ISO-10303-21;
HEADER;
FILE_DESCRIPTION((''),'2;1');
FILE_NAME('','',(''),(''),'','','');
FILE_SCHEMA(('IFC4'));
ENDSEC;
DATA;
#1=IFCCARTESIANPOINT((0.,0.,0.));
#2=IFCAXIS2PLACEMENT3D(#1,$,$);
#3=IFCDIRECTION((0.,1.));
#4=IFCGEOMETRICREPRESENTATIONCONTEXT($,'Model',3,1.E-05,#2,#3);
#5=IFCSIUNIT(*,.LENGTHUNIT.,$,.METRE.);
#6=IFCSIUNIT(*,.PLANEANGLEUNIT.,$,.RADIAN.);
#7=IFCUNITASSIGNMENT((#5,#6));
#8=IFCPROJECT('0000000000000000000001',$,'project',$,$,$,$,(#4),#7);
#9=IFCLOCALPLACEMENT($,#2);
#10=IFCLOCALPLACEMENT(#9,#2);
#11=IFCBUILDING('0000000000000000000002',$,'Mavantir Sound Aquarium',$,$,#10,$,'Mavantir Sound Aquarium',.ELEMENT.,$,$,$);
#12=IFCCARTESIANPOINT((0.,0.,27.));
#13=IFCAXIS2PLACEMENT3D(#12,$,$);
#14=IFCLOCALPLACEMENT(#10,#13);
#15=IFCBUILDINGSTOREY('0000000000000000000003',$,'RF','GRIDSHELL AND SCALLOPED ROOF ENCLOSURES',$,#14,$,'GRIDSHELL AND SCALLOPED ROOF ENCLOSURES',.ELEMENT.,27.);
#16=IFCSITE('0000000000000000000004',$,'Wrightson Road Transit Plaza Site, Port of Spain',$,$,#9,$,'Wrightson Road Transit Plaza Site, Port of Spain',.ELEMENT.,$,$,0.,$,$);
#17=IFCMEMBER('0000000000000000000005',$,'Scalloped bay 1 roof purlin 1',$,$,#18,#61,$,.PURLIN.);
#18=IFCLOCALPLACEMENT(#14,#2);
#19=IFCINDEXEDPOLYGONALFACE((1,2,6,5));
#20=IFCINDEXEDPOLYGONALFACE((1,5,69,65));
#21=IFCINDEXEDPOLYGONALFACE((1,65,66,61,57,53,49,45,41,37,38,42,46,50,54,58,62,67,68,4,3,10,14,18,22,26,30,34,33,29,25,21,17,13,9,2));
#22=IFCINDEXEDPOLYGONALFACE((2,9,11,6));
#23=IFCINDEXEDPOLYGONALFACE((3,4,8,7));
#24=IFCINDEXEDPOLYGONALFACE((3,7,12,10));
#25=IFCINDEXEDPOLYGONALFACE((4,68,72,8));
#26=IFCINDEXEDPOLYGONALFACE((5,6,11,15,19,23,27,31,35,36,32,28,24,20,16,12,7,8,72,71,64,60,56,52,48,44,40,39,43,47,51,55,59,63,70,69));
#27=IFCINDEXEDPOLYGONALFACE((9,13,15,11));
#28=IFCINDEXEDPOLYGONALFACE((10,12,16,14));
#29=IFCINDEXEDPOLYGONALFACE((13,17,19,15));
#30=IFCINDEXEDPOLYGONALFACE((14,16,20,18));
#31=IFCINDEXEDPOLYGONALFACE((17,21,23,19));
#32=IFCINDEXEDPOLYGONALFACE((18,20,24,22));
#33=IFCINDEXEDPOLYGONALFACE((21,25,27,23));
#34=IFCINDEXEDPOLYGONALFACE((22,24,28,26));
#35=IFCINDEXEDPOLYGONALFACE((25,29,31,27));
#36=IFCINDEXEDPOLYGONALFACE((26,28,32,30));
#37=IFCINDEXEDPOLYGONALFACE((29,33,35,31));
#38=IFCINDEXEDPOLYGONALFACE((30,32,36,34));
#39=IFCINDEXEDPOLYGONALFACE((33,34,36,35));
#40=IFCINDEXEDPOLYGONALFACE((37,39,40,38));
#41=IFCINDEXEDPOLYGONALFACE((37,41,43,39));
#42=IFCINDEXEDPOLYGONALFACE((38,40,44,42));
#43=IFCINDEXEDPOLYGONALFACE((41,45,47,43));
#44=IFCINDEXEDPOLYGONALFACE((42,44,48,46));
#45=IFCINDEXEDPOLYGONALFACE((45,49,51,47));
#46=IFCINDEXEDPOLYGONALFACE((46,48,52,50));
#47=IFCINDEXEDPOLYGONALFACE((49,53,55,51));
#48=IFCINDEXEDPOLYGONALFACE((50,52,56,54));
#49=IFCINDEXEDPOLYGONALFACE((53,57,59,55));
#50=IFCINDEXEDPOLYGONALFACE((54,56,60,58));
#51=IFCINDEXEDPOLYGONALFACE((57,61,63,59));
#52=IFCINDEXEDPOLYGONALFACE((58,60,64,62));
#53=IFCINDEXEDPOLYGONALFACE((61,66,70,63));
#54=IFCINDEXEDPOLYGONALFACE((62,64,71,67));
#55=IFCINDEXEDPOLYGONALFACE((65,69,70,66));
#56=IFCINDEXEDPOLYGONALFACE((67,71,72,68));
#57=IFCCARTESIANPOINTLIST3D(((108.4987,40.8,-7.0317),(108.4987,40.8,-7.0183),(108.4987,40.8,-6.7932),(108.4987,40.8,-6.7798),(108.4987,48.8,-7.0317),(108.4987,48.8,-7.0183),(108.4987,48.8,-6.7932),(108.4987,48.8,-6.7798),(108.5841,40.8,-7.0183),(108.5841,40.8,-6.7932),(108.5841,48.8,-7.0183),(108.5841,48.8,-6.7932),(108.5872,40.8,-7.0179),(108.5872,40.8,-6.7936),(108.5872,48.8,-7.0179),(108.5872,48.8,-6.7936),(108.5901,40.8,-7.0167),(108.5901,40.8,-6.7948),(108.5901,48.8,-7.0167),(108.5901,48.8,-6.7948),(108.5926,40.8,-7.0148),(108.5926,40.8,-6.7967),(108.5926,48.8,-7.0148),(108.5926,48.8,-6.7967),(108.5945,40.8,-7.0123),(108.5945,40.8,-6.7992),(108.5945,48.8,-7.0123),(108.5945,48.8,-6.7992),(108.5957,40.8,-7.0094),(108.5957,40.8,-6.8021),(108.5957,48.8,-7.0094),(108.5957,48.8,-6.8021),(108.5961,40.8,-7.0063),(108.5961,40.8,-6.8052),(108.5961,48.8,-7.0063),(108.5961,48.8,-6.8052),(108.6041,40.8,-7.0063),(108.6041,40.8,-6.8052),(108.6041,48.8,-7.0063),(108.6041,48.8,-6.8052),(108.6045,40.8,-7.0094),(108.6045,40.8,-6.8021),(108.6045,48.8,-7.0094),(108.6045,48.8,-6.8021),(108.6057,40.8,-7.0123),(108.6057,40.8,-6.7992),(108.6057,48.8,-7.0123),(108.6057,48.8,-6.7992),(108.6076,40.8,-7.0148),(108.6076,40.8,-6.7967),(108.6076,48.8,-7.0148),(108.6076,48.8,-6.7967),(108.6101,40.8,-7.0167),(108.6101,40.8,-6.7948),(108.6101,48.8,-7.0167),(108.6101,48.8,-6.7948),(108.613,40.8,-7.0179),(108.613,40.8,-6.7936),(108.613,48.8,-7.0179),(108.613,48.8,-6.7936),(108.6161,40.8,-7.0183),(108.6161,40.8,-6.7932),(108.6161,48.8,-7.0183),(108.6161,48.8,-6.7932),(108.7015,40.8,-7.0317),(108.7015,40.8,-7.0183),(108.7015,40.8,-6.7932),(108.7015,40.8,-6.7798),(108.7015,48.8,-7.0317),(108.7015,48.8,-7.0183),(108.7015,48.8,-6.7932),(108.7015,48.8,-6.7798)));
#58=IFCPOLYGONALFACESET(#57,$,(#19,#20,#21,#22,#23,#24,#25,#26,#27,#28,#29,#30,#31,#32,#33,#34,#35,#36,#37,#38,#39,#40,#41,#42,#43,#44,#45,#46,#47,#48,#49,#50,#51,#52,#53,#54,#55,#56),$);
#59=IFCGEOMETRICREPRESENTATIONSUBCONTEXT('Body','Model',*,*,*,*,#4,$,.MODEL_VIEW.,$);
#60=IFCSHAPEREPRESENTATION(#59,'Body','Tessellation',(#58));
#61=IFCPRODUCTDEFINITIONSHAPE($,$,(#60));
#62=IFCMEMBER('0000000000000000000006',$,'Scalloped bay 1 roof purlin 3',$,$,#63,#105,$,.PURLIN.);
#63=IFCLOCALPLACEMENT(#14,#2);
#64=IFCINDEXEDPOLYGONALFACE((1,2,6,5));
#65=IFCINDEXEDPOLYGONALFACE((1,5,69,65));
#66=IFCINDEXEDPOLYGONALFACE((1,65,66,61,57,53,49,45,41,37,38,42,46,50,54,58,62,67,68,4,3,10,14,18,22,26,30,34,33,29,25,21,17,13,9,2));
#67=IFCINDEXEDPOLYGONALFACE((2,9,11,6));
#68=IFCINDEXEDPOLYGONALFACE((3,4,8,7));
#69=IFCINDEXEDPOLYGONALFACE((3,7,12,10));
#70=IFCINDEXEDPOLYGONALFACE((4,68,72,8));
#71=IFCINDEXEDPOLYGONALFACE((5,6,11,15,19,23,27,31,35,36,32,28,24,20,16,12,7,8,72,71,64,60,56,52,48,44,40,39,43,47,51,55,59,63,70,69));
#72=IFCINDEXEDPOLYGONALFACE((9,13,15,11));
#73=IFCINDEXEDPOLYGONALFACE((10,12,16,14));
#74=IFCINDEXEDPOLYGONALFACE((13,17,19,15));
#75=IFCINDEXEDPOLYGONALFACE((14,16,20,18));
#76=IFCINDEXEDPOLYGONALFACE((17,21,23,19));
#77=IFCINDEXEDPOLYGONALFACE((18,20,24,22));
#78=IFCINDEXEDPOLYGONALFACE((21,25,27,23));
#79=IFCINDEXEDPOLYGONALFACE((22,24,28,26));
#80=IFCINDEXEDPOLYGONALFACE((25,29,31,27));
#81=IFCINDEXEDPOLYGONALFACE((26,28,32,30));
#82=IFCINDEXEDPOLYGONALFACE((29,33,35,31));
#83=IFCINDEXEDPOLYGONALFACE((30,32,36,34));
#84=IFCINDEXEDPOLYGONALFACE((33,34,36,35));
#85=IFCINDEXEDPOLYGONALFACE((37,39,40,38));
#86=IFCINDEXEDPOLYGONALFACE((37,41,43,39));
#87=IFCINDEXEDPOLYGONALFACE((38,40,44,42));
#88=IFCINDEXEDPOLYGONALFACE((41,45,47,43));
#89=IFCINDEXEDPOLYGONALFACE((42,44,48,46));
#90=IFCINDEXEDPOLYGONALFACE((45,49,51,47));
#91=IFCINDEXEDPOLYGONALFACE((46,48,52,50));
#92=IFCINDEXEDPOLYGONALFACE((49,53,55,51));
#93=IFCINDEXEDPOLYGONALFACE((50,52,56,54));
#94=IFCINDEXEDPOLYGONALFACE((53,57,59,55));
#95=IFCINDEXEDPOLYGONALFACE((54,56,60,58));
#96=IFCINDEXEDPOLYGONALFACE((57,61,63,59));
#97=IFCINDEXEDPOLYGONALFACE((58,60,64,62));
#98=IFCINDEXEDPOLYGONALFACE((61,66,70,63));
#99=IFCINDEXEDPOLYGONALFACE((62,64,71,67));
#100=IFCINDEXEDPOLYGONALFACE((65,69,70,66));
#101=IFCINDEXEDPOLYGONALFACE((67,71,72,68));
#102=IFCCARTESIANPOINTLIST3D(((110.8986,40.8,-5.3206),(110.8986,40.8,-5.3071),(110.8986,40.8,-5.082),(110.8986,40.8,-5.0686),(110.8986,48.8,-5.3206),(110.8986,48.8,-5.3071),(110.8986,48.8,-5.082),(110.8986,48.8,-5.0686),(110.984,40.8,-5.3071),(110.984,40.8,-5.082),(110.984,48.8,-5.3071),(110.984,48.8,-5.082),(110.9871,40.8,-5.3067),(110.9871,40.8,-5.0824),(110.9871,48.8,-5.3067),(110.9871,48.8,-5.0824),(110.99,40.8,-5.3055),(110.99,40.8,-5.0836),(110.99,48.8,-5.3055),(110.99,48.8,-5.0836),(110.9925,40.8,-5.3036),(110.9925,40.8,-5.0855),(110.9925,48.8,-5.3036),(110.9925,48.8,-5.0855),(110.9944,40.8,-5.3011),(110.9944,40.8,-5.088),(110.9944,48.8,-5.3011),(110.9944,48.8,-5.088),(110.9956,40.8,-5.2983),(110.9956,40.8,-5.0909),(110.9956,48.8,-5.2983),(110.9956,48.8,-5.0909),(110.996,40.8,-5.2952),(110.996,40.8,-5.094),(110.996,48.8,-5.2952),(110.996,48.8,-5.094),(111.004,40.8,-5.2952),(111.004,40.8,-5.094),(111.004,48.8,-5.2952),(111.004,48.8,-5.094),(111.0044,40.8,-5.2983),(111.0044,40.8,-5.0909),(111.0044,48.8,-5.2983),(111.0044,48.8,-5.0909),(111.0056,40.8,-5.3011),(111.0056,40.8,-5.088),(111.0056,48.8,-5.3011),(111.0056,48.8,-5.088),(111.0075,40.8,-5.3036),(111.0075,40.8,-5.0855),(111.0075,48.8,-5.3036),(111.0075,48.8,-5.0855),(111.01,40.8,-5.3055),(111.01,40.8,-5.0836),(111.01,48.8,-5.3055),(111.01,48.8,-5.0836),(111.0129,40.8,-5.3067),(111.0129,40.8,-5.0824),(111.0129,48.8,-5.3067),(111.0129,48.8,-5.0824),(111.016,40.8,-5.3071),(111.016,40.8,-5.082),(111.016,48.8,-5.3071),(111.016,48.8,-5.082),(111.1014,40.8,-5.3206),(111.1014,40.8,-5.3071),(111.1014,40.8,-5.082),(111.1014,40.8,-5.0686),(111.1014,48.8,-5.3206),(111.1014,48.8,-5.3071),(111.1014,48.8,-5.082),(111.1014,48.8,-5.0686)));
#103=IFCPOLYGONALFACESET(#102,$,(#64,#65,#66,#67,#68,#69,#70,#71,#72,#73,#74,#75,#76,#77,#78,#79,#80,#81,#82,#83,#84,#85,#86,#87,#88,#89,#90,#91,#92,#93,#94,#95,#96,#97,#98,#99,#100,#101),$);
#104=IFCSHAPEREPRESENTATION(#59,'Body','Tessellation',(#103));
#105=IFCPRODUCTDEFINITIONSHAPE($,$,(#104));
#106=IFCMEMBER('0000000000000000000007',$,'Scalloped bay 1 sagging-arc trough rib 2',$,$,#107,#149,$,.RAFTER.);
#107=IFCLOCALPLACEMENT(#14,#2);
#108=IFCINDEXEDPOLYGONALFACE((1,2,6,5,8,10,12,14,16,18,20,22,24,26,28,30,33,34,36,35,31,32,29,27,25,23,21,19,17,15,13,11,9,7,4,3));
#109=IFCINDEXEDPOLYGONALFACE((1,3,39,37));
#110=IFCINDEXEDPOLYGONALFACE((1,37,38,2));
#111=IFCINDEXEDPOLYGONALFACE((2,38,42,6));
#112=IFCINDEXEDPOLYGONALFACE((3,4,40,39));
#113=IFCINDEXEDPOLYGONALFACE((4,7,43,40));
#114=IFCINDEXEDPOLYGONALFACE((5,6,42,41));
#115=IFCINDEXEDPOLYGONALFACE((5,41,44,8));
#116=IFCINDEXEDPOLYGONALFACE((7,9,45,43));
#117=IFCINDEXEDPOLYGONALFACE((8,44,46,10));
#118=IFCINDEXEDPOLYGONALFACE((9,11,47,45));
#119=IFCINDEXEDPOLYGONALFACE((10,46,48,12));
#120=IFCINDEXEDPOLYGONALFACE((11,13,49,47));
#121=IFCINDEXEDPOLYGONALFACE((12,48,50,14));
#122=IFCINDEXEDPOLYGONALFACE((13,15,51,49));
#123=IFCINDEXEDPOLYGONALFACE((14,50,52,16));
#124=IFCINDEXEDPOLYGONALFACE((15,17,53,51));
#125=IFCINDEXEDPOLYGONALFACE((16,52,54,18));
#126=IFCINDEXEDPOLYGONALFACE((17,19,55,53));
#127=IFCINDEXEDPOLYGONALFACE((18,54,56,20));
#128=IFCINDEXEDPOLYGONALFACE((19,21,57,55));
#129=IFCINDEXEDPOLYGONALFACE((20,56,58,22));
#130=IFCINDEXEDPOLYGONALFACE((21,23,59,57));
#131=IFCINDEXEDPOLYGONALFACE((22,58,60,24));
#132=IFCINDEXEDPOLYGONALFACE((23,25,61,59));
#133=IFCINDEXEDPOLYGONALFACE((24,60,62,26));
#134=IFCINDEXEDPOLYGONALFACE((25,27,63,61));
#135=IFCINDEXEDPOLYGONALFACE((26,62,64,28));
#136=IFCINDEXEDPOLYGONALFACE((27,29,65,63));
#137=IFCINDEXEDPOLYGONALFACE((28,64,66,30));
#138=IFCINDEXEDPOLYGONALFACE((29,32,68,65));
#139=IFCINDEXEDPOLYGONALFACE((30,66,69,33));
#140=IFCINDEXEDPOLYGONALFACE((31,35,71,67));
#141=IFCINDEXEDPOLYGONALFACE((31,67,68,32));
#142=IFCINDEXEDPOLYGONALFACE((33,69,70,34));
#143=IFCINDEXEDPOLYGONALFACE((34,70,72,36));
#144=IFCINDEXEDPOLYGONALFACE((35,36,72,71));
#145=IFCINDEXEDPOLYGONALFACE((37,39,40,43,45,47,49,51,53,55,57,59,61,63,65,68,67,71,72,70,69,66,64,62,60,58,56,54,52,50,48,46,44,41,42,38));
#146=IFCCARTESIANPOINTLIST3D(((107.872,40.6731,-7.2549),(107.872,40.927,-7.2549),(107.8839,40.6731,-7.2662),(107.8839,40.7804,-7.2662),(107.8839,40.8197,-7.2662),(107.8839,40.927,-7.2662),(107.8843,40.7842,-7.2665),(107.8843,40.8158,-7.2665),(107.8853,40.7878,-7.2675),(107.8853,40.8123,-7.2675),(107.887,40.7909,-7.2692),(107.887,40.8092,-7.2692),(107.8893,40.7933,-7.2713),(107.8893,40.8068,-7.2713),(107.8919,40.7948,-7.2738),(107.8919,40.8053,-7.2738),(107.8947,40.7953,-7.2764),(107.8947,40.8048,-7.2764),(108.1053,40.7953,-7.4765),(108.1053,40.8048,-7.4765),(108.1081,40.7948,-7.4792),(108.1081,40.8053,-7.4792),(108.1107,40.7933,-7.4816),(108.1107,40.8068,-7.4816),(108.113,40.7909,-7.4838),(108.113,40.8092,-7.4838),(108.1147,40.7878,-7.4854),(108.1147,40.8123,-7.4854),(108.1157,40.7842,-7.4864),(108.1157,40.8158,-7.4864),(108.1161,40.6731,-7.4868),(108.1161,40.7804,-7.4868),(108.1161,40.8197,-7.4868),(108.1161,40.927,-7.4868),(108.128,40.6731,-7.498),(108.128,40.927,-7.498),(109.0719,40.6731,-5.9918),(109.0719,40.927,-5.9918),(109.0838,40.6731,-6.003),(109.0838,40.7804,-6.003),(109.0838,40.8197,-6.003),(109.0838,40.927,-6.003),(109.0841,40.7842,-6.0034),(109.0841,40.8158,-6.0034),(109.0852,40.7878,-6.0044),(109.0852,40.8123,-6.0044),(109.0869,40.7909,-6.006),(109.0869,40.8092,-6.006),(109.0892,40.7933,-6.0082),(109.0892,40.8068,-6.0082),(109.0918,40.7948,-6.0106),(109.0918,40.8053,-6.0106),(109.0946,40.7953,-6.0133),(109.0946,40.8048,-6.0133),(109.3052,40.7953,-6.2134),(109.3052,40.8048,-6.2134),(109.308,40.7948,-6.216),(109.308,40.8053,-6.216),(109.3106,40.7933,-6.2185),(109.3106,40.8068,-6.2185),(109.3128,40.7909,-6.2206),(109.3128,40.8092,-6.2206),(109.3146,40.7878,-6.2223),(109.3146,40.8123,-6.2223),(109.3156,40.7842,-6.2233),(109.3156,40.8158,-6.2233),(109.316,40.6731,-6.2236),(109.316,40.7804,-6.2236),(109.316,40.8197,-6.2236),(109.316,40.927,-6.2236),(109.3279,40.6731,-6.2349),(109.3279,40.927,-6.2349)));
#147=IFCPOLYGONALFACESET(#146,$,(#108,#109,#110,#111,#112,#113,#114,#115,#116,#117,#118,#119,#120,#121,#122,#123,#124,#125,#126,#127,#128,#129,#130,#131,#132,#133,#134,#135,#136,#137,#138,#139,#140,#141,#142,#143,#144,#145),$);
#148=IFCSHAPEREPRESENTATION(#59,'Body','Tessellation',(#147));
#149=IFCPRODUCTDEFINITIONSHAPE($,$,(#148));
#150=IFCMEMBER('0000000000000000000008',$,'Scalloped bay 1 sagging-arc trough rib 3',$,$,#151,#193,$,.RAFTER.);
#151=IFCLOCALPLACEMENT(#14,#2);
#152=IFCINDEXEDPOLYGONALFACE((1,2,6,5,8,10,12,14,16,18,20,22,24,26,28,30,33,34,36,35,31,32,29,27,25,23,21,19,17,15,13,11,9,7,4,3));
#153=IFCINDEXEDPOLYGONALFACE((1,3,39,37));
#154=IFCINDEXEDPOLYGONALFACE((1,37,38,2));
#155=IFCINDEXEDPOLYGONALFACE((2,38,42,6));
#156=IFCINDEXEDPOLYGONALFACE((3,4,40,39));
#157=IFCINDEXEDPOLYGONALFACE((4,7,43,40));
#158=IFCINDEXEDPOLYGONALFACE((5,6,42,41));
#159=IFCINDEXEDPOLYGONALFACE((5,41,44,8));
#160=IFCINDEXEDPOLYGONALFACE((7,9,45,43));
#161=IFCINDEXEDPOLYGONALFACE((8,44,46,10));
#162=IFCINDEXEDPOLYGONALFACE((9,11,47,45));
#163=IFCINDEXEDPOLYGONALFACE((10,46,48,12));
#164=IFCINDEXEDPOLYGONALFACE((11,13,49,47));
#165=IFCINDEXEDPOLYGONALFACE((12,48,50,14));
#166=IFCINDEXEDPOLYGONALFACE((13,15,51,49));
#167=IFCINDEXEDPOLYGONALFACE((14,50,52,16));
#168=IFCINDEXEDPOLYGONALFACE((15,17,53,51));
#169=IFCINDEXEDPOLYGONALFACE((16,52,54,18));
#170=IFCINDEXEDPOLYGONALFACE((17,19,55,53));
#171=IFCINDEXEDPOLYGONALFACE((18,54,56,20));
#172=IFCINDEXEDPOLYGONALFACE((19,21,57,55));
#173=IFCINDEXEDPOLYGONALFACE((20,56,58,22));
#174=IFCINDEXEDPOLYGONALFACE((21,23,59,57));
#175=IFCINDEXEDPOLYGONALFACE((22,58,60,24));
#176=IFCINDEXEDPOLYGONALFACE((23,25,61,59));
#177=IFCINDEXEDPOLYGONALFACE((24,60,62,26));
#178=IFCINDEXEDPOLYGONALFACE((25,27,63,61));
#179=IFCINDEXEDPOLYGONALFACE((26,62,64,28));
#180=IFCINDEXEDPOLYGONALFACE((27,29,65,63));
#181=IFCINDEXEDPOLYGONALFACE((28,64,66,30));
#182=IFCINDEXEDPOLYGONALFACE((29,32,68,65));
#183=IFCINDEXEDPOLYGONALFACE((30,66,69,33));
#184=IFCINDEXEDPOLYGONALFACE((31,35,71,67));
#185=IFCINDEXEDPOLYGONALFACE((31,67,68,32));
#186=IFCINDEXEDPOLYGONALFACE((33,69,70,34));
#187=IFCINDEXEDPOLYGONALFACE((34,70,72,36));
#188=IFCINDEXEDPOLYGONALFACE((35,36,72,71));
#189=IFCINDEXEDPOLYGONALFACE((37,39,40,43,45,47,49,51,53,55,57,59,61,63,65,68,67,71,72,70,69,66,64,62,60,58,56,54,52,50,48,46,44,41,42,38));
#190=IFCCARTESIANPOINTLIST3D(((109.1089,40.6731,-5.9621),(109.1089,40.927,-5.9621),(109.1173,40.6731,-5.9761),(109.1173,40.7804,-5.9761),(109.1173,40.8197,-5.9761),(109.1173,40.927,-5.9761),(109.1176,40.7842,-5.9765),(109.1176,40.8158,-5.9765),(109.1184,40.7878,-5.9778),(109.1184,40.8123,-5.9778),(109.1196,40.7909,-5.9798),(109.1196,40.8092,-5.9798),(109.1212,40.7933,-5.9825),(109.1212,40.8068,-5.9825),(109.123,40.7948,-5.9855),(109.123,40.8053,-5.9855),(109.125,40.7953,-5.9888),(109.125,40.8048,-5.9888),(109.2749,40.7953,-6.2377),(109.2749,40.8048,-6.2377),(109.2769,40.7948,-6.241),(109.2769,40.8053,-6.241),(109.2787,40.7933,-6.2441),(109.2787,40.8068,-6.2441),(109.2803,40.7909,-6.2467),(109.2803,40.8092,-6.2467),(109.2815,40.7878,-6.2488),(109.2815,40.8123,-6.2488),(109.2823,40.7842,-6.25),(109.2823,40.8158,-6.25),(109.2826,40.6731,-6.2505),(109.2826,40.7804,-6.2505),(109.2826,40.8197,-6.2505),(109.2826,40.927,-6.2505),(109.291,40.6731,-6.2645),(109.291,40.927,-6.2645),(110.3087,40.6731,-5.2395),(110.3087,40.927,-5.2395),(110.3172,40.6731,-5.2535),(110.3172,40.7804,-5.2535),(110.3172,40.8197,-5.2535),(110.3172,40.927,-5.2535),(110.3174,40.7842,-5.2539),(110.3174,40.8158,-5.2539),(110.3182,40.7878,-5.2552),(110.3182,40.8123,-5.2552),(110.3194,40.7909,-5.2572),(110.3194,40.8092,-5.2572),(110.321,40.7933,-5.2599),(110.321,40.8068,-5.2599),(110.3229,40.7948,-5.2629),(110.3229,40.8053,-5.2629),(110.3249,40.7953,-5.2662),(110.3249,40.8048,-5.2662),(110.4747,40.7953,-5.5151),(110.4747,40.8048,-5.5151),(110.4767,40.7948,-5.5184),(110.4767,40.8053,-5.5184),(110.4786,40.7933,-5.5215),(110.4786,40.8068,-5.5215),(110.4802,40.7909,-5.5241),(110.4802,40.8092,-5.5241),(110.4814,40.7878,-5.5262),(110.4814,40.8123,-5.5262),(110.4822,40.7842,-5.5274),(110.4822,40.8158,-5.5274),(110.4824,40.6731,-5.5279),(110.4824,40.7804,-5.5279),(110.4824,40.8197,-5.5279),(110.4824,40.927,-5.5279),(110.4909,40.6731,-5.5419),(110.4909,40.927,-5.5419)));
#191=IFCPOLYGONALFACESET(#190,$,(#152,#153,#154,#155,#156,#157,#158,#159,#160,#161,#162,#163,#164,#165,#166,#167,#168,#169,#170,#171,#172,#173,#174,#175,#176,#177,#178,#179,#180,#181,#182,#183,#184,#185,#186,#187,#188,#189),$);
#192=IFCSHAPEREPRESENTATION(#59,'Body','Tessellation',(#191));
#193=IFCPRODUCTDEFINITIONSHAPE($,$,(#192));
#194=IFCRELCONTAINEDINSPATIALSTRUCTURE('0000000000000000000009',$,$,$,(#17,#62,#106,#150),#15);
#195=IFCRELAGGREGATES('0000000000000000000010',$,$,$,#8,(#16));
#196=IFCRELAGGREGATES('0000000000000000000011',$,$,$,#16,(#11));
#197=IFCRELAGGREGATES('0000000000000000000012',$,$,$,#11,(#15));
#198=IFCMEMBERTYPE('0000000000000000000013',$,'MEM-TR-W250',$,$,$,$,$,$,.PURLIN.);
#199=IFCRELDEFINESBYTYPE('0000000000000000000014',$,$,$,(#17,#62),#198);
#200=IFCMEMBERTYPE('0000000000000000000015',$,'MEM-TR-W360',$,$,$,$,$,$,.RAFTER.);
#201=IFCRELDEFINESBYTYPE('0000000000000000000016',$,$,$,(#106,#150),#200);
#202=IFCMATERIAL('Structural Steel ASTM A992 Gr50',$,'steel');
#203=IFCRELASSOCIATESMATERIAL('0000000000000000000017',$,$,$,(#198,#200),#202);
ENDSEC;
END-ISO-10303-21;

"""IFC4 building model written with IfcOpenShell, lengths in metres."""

from ifc_helpers import new_model, si_unit, direction, frame, origin, origin_2d, place, context, subcontext, project, spatial, i_section, extrude, material, material_profile, profile_set, type_object, element, save


model = new_model("IFC4")

# Units and contexts
model_context = context("Model", 3, precision=1e-05, world=origin(), true_north=direction((0.0, 1.0)))
body_context = subcontext(model_context, "Body", "Model", "MODEL_VIEW")
ifc_project = project(units=[si_unit("LENGTHUNIT", "METRE"), si_unit("PLANEANGLEUNIT", "RADIAN")], contexts=[model_context])

# Site, building, storey
site_placement = place(None, origin())
site = spatial("IfcSite", under=ifc_project, at=site_placement, Name="Wrightson Road Transit Plaza Site, Port of Spain", LongName="Wrightson Road Transit Plaza Site, Port of Spain", CompositionType="ELEMENT", RefElevation=0.0)
building_placement = place(site_placement, origin())
building = spatial("IfcBuilding", under=site, at=building_placement, Name="Mavantir Sound Aquarium", LongName="Mavantir Sound Aquarium", CompositionType="ELEMENT")
storey_placement = place(building_placement, frame((0.0, 0.0, 27.0)))
storey = spatial("IfcBuildingStorey", under=building, at=storey_placement, Name="RF", Description="GRIDSHELL AND SCALLOPED ROOF ENCLOSURES", LongName="GRIDSHELL AND SCALLOPED ROOF ENCLOSURES", CompositionType="ELEMENT", Elevation=27.0)

# Shared definitions
ifc_material_1 = material(Name="Structural Steel ASTM A992 Gr50", Category="steel")

# Members
ifc_material_profile_1 = material_profile(ifc_material_1, i_section(OverallWidth=0.2029, OverallDepth=0.252, WebThickness=0.0081, FlangeThickness=0.0134, FilletRadius=0.012, at=origin_2d()), Name="W250X58")
ifc_profile_set_1 = profile_set([ifc_material_profile_1], Name="Structural Steel ASTM A992 Gr50")
member_type_1 = type_object("IfcMemberType", Name="MEM-TR-W250", PredefinedType="PURLIN", material=ifc_profile_set_1)
for number, where, z_axis, x_axis, name in (
    (1, (108.6001, 40.8, -6.9058), (0.0, 1.0, 0.0), (-1.0, 0.0, 0.0), "Scalloped bay 1 roof purlin 1"),
    (2, (111.0, 40.8, -5.1946), (0.0, 1.0, 0.0), (-1.0, 0.0, 0.0), "Scalloped bay 1 roof purlin 3"),
):
    element("IfcMember", number, at=place(storey_placement, frame(where, z_axis=z_axis, x_axis=x_axis)), inside=storey, type_object=member_type_1, Name=name, PredefinedType="PURLIN", context=body_context, shape_type="SweptSolid", body=[
        extrude(i_section(OverallWidth=0.2029, OverallDepth=0.252, WebThickness=0.0081, FlangeThickness=0.0134, FilletRadius=0.012, at=origin_2d()), origin(), (0.0, 0.0, 1.0), 8.0),
    ])
ifc_material_profile_2 = material_profile(ifc_material_1, i_section(OverallWidth=0.2539, OverallDepth=0.353, WebThickness=0.0095, FlangeThickness=0.0164, FilletRadius=0.0149, at=origin_2d()), Name="W360X91")
ifc_profile_set_2 = profile_set([ifc_material_profile_2], Name="Structural Steel ASTM A992 Gr50")
member_type_2 = type_object("IfcMemberType", Name="MEM-TR-W360", PredefinedType="RAFTER", material=ifc_profile_set_2)
member_1_placement = place(storey_placement, frame((108.0, 40.8, -7.3765), z_axis=(0.688727, 0.0, 0.72502), x_axis=(0.0, 1.0, 0.0)))
element("IfcMember", 3, at=member_1_placement, inside=storey, type_object=member_type_2, Name="Scalloped bay 1 sagging-arc trough rib 2", PredefinedType="RAFTER", context=body_context, shape_type="SweptSolid", body=[
    extrude(i_section(OverallWidth=0.2539, OverallDepth=0.353, WebThickness=0.0095, FlangeThickness=0.0164, FilletRadius=0.0149, at=origin_2d()), origin(), (0.0, 0.0, 1.0), 1.7422),
])
member_2_placement = place(storey_placement, frame((109.2, 40.8, -6.1133), z_axis=(0.856646, 0.0, 0.515905), x_axis=(0.0, 1.0, 0.0)))
element("IfcMember", 4, at=member_2_placement, inside=storey, type_object=member_type_2, Name="Scalloped bay 1 sagging-arc trough rib 3", PredefinedType="RAFTER", context=body_context, shape_type="SweptSolid", body=[
    extrude(i_section(OverallWidth=0.2539, OverallDepth=0.353, WebThickness=0.0095, FlangeThickness=0.0164, FilletRadius=0.0149, at=origin_2d()), origin(), (0.0, 0.0, 1.0), 1.4006),
])

save(model, "model.ifc")
